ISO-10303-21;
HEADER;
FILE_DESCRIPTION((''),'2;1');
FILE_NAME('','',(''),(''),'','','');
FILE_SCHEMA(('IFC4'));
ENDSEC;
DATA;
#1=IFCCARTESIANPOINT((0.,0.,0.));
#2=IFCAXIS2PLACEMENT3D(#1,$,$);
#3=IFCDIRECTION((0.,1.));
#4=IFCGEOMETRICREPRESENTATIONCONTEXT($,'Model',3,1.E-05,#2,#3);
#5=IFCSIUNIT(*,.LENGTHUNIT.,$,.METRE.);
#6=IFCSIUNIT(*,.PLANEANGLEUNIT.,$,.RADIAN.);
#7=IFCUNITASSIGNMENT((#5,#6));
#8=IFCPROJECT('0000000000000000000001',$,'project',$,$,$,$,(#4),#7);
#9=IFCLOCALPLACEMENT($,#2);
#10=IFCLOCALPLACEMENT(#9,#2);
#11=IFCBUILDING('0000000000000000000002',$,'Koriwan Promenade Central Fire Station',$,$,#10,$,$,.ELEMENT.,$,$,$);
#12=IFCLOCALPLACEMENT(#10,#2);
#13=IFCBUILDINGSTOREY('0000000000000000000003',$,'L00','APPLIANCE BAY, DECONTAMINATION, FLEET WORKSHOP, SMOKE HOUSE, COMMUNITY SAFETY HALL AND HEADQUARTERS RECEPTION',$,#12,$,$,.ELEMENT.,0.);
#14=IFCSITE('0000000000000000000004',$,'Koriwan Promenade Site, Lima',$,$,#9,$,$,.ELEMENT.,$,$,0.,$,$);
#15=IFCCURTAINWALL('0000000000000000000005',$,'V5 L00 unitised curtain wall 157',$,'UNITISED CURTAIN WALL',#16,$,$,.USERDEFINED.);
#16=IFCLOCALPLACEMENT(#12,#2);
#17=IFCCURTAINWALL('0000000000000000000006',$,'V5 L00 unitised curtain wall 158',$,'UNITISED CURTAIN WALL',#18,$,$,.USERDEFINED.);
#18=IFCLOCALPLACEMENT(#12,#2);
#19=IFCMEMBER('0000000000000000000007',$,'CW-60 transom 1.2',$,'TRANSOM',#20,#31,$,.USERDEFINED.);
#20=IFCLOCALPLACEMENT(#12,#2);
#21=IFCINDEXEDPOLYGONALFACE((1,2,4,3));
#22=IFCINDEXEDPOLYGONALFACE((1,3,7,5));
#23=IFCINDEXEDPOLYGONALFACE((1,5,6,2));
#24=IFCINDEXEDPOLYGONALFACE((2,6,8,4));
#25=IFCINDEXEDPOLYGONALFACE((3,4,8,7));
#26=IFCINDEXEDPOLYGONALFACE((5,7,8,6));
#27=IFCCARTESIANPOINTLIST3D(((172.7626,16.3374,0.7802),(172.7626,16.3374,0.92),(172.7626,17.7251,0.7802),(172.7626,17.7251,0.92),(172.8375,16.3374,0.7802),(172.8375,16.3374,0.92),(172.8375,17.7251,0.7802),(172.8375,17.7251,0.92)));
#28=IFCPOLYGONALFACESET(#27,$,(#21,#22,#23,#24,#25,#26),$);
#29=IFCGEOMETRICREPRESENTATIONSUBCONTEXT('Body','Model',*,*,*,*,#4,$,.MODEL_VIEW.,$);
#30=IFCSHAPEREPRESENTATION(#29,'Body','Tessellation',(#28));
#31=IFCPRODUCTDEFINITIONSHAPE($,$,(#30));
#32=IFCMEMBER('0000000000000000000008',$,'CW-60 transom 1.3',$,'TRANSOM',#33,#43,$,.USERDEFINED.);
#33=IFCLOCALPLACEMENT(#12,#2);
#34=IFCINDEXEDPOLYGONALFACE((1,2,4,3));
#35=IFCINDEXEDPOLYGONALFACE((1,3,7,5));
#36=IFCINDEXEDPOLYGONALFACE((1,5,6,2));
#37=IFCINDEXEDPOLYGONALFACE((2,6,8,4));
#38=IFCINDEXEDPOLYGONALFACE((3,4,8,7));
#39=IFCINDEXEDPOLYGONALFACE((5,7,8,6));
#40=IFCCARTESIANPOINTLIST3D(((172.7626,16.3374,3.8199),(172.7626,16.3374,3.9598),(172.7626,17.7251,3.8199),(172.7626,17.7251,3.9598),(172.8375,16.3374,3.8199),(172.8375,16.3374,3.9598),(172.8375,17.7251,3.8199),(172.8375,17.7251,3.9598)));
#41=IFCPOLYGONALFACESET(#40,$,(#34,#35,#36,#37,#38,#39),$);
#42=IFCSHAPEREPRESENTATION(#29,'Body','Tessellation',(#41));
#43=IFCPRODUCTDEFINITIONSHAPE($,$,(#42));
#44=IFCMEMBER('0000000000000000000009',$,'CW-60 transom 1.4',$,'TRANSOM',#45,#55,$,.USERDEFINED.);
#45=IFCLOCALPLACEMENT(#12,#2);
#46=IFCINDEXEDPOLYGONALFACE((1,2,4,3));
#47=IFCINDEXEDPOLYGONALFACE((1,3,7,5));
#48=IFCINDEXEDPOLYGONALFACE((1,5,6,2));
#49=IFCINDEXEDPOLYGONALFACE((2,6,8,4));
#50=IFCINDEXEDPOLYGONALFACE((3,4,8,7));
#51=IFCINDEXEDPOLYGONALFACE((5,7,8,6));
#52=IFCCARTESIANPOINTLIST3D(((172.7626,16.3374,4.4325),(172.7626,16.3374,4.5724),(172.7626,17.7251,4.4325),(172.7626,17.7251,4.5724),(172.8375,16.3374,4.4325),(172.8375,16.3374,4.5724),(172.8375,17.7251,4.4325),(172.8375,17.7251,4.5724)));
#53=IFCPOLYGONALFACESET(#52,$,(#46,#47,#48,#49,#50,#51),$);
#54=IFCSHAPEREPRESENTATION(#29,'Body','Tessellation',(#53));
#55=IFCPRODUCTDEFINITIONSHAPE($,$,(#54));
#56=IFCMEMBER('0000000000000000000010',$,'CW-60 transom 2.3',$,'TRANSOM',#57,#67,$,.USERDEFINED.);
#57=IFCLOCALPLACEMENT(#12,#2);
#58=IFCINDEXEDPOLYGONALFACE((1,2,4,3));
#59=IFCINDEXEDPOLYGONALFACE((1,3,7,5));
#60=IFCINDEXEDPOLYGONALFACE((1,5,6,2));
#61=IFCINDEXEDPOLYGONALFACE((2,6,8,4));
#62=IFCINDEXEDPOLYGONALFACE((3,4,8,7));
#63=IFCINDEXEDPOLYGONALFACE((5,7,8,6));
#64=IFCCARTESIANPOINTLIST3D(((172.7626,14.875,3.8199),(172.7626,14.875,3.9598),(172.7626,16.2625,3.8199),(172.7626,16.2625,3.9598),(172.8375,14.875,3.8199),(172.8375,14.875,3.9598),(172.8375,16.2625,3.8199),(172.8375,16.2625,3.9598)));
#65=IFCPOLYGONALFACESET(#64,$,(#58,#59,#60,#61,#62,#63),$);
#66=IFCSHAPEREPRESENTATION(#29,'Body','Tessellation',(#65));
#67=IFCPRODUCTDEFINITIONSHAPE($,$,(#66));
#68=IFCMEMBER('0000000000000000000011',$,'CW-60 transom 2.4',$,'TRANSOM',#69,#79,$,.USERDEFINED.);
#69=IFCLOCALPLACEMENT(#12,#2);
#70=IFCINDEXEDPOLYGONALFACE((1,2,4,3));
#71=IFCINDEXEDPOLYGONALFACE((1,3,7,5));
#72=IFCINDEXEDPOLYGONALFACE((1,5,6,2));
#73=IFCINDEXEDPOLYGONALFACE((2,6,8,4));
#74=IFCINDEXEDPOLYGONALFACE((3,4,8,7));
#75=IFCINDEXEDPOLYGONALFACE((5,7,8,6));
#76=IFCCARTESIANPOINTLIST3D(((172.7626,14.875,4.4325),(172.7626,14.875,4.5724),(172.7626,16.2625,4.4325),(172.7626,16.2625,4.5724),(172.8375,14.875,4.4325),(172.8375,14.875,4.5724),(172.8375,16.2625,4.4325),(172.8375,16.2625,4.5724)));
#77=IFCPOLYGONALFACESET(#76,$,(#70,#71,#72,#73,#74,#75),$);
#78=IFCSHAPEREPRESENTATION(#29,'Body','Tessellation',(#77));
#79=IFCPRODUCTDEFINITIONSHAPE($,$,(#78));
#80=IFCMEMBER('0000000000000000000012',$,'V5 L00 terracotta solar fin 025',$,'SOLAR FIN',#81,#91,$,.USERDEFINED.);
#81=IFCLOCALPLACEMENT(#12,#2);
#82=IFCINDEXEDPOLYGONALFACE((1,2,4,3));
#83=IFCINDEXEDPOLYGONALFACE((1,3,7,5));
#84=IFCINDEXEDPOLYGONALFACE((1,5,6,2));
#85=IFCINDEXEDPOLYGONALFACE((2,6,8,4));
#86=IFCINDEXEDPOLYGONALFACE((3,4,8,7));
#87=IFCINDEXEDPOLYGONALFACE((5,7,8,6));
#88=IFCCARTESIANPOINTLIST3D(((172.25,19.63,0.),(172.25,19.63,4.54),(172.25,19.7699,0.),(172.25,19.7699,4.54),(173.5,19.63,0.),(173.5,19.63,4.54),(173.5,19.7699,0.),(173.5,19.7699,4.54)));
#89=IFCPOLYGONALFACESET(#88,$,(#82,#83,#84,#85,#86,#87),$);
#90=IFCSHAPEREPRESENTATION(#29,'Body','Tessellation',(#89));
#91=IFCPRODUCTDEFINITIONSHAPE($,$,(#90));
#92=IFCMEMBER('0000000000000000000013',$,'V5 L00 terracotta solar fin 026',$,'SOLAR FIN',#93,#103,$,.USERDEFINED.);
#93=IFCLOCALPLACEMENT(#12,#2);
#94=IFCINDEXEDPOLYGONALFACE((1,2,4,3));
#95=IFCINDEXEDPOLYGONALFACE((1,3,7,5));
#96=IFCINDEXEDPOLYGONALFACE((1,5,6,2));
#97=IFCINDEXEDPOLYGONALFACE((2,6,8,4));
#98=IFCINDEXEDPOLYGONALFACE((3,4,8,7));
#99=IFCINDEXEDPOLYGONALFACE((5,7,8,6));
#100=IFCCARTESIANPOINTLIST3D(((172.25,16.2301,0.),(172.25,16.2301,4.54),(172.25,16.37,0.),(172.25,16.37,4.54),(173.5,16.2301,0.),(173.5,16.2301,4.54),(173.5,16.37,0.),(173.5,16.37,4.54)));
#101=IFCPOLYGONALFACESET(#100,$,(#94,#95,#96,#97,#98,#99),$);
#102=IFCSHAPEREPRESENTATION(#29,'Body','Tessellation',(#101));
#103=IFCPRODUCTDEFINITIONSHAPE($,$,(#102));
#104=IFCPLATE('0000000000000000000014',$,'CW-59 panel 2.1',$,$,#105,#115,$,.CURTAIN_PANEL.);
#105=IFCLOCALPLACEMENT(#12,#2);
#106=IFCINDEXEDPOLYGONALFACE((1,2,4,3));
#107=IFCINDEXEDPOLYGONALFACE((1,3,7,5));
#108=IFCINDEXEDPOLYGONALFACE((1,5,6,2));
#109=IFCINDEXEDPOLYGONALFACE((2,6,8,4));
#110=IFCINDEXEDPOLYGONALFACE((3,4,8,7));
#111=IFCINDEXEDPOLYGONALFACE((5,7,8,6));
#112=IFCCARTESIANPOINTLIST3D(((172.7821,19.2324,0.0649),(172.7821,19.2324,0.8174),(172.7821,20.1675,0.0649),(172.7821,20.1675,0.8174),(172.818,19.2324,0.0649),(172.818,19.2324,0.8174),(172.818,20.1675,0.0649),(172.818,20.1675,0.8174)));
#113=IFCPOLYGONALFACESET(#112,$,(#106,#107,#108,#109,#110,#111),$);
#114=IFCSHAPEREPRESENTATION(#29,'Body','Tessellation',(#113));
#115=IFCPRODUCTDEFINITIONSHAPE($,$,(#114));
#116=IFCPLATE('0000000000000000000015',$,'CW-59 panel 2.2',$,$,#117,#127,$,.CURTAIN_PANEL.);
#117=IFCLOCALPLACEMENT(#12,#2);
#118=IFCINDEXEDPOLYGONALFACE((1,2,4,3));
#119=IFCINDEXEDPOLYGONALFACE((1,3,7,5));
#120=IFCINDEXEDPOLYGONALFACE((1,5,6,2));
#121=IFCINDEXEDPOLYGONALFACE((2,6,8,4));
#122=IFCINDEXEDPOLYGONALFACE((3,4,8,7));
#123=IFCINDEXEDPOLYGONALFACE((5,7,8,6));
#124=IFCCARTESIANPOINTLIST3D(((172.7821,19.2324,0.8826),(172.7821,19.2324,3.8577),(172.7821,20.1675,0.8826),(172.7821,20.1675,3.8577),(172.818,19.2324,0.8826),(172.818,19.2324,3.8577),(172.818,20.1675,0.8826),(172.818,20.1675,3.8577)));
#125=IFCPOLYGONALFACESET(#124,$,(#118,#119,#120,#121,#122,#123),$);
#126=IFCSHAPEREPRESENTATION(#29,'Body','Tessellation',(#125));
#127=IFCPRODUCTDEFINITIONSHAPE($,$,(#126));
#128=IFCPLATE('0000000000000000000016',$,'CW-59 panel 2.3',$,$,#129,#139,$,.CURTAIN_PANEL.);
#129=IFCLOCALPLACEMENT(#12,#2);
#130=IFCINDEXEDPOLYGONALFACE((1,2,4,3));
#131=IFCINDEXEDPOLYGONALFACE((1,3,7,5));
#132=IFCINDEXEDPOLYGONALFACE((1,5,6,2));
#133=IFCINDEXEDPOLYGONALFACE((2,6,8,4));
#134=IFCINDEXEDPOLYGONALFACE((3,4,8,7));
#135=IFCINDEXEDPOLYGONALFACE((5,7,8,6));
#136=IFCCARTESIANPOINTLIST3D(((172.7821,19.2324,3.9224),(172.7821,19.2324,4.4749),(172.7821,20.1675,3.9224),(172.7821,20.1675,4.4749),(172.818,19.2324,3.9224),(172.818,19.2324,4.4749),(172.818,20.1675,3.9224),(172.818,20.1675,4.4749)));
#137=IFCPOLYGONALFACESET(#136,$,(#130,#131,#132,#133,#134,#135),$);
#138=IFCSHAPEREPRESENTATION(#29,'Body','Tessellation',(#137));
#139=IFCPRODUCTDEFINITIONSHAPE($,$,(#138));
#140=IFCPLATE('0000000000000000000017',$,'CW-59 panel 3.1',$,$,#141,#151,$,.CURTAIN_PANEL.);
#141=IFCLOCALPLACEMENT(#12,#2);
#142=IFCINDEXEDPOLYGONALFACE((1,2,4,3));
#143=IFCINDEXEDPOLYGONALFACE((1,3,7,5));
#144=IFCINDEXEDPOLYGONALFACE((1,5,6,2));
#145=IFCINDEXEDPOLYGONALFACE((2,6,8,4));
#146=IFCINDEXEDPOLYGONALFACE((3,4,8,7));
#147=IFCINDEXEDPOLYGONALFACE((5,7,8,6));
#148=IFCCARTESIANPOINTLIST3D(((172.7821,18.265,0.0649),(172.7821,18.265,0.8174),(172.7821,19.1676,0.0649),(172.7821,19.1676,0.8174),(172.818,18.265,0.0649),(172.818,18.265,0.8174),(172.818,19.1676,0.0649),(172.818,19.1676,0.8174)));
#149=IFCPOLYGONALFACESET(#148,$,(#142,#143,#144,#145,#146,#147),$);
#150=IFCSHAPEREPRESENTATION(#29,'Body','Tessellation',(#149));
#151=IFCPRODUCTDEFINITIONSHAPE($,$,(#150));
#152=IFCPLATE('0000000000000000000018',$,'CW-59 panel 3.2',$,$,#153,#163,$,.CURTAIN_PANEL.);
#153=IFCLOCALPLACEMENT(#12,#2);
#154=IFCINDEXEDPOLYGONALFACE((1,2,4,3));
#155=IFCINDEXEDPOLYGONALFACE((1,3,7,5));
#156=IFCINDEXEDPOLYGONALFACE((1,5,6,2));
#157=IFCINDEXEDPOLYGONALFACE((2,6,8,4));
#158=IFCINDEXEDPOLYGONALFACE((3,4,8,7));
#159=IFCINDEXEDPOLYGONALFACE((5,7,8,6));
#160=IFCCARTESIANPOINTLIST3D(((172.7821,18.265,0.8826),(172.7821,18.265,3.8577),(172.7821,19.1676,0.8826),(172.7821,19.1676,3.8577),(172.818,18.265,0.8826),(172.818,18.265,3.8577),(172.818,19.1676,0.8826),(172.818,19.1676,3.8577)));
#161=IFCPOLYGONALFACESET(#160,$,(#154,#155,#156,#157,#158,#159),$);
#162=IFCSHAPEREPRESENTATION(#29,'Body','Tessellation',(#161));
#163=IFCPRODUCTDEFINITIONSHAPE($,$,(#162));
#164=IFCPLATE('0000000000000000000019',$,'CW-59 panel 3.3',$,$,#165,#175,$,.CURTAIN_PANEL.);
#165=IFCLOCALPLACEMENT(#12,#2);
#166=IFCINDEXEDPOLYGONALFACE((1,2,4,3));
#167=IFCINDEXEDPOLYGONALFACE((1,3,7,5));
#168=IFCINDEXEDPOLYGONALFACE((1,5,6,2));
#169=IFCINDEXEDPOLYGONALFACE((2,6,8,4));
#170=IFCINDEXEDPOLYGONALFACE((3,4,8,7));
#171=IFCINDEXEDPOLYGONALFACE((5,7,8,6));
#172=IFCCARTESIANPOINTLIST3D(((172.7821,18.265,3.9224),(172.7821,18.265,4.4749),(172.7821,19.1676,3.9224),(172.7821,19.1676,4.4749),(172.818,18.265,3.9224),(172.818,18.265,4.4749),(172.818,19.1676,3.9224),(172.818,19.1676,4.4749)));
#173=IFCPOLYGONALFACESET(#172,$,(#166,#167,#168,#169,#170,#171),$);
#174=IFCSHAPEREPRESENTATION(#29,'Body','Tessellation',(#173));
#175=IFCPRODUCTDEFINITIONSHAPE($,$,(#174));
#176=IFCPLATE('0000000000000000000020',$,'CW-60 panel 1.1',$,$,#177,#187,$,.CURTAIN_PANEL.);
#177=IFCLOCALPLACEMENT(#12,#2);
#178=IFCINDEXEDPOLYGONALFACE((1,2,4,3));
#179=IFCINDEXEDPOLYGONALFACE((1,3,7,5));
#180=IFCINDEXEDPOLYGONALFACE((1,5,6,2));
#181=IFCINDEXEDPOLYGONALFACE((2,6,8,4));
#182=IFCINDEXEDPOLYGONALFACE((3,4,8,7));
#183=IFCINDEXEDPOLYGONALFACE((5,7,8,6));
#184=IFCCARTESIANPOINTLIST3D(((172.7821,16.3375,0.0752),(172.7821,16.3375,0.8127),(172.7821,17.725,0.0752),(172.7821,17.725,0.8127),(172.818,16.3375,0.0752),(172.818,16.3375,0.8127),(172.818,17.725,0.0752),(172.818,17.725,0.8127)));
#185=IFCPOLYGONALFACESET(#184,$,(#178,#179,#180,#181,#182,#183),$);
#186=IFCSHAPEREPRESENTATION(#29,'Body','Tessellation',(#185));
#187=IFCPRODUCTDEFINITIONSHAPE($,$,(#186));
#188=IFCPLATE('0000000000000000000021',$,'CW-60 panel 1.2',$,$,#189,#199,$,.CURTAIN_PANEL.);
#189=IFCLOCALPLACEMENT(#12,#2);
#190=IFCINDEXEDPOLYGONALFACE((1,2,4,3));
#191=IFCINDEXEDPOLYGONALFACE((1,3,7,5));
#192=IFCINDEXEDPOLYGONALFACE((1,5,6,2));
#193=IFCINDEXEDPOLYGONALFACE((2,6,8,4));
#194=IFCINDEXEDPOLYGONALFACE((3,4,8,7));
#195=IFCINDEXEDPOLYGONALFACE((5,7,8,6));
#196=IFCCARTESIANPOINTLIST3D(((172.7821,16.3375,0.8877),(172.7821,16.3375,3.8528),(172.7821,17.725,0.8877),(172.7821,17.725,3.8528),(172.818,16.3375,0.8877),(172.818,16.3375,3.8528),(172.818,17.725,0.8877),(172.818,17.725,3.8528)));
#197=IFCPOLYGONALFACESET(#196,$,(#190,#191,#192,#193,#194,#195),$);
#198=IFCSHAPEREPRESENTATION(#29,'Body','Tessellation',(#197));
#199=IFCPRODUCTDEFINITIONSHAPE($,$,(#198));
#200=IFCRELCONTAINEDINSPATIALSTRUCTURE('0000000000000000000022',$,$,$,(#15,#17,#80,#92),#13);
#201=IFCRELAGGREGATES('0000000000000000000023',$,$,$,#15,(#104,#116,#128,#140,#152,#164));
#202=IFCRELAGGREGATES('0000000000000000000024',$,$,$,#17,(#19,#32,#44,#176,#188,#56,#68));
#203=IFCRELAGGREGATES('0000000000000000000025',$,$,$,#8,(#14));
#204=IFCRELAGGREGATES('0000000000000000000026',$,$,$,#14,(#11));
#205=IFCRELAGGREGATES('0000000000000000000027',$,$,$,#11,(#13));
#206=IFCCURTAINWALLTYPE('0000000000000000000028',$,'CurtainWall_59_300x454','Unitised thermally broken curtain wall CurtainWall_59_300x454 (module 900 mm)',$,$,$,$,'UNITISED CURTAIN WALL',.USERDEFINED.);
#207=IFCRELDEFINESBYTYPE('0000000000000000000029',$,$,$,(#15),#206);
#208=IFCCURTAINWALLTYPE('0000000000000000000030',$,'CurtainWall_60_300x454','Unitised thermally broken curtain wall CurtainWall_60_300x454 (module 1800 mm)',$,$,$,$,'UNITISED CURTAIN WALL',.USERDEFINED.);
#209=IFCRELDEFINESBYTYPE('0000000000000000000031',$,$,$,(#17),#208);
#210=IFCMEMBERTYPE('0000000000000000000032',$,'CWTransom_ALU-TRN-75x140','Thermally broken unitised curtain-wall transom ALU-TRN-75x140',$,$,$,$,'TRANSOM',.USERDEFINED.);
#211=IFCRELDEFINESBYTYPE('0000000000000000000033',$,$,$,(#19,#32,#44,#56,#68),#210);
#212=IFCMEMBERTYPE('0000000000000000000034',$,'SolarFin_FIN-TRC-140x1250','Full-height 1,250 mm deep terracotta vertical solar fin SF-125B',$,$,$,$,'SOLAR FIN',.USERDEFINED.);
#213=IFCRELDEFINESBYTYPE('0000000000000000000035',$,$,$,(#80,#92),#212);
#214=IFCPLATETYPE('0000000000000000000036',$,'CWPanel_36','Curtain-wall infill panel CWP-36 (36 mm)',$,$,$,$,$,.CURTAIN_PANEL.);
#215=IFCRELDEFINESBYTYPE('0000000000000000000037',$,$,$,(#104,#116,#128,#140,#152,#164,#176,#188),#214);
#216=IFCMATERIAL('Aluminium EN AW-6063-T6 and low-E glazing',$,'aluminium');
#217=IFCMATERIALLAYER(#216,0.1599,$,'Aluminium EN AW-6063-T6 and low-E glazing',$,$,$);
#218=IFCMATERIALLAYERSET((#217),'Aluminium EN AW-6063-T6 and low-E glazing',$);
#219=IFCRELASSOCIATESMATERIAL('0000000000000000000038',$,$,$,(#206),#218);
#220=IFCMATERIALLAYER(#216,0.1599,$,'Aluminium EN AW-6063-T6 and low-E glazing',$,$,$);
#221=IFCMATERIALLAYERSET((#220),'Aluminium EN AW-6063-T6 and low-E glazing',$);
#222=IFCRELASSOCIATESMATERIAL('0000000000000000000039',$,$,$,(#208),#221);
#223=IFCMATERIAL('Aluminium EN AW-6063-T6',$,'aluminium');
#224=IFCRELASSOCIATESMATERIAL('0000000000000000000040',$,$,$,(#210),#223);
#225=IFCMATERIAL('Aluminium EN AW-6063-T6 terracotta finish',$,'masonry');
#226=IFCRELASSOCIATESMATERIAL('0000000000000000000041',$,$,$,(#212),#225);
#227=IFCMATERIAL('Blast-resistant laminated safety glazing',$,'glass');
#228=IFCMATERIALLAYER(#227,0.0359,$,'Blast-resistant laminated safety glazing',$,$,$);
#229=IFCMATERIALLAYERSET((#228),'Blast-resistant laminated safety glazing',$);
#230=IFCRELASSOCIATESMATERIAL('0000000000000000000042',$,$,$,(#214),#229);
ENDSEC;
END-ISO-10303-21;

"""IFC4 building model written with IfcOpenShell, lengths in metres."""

from ifc_helpers import new_model, si_unit, direction, frame, origin, origin_2d, place, context, subcontext, project, spatial, rectangle, extrude, material, layer, layer_set, material_profile, profile_set, type_object, element, aggregate, save


model = new_model("IFC4")

# Units and contexts
model_context = context("Model", 3, precision=1e-05, world=origin(), true_north=direction((0.0, 1.0)))
body_context = subcontext(model_context, "Body", "Model", "MODEL_VIEW")
ifc_project = project(units=[si_unit("LENGTHUNIT", "METRE"), si_unit("PLANEANGLEUNIT", "RADIAN")], contexts=[model_context])

# Site, building, storey
site_placement = place(None, origin())
site = spatial("IfcSite", under=ifc_project, at=site_placement, Name="Koriwan Promenade Site, Lima", CompositionType="ELEMENT", RefElevation=0.0)
building_placement = place(site_placement, origin())
building = spatial("IfcBuilding", under=site, at=building_placement, Name="Koriwan Promenade Central Fire Station", CompositionType="ELEMENT")
storey_placement = place(building_placement, origin())
storey = spatial("IfcBuildingStorey", under=building, at=storey_placement, Name="L00", Description="APPLIANCE BAY, DECONTAMINATION, FLEET WORKSHOP, SMOKE HOUSE, COMMUNITY SAFETY HALL AND HEADQUARTERS RECEPTION", CompositionType="ELEMENT", Elevation=0.0)

# Curtain walls
ifc_material_1 = material(Name="Aluminium EN AW-6063-T6 and low-E glazing", Category="aluminium")
ifc_layer_1 = layer(ifc_material_1, 0.1599, Name="Aluminium EN AW-6063-T6 and low-E glazing")
ifc_layer_set_1 = layer_set([ifc_layer_1], Name="Aluminium EN AW-6063-T6 and low-E glazing")
curtain_wall_type_1 = type_object("IfcCurtainWallType", Name="CurtainWall_59_300x454", Description="Unitised thermally broken curtain wall CurtainWall_59_300x454 (module 900 mm)", ElementType="UNITISED CURTAIN WALL", PredefinedType="USERDEFINED", material=ifc_layer_set_1)
curtain_wall_1_placement = place(storey_placement, origin())
curtain_wall_1 = element("IfcCurtainWall", 1, at=curtain_wall_1_placement, inside=storey, type_object=curtain_wall_type_1, Name="V5 L00 unitised curtain wall 157", ObjectType="UNITISED CURTAIN WALL", PredefinedType="USERDEFINED")
ifc_material_2 = material(Name="Aluminium EN AW-6063-T6", Category="aluminium")
ifc_layer_2 = layer(ifc_material_1, 0.1599, Name="Aluminium EN AW-6063-T6 and low-E glazing")
ifc_layer_set_2 = layer_set([ifc_layer_2], Name="Aluminium EN AW-6063-T6 and low-E glazing")
curtain_wall_type_2 = type_object("IfcCurtainWallType", Name="CurtainWall_60_300x454", Description="Unitised thermally broken curtain wall CurtainWall_60_300x454 (module 1800 mm)", ElementType="UNITISED CURTAIN WALL", PredefinedType="USERDEFINED", material=ifc_layer_set_2)
curtain_wall_2_placement = place(storey_placement, origin())
curtain_wall_2 = element("IfcCurtainWall", 2, at=curtain_wall_2_placement, inside=storey, type_object=curtain_wall_type_2, Name="V5 L00 unitised curtain wall 158", ObjectType="UNITISED CURTAIN WALL", PredefinedType="USERDEFINED")

# Members
ifc_material_profile_1 = material_profile(ifc_material_2, rectangle(XDim=0.075, YDim=0.1399, at=origin_2d()), Name="ALU-TRN-75x140")
ifc_profile_set_1 = profile_set([ifc_material_profile_1], Name="Aluminium EN AW-6063-T6")
member_type_1 = type_object("IfcMemberType", Name="CWTransom_ALU-TRN-75x140", Description="Thermally broken unitised curtain-wall transom ALU-TRN-75x140", ElementType="TRANSOM", PredefinedType="USERDEFINED", material=ifc_profile_set_1)
member_1_placement = place(storey_placement, frame((172.8, 17.7251, 0.8501), z_axis=(0.0, -1.0, 0.0), x_axis=(1.0, 0.0, 0.0)))
member_1 = element("IfcMember", 3, at=member_1_placement, type_object=member_type_1, Name="CW-60 transom 1.2", ObjectType="TRANSOM", PredefinedType="USERDEFINED", context=body_context, shape_type="SweptSolid", body=[
    extrude(rectangle(XDim=0.075, YDim=0.1399, at=origin_2d()), origin(), (0.0, 0.0, 1.0), 1.3877),
])
member_2_placement = place(storey_placement, frame((172.8, 17.7251, 3.8899), z_axis=(0.0, -1.0, 0.0), x_axis=(1.0, 0.0, 0.0)))
member_2 = element("IfcMember", 4, at=member_2_placement, type_object=member_type_1, Name="CW-60 transom 1.3", ObjectType="TRANSOM", PredefinedType="USERDEFINED", context=body_context, shape_type="SweptSolid", body=[
    extrude(rectangle(XDim=0.075, YDim=0.1399, at=origin_2d()), origin(), (0.0, 0.0, 1.0), 1.3877),
])
member_3_placement = place(storey_placement, frame((172.8, 17.7251, 4.5024), z_axis=(0.0, -1.0, 0.0), x_axis=(1.0, 0.0, 0.0)))
member_3 = element("IfcMember", 5, at=member_3_placement, type_object=member_type_1, Name="CW-60 transom 1.4", ObjectType="TRANSOM", PredefinedType="USERDEFINED", context=body_context, shape_type="SweptSolid", body=[
    extrude(rectangle(XDim=0.075, YDim=0.1399, at=origin_2d()), origin(), (0.0, 0.0, 1.0), 1.3877),
])
member_4_placement = place(storey_placement, frame((172.8, 16.2625, 3.8899), z_axis=(0.0, -1.0, 0.0), x_axis=(1.0, 0.0, 0.0)))
member_4 = element("IfcMember", 6, at=member_4_placement, type_object=member_type_1, Name="CW-60 transom 2.3", ObjectType="TRANSOM", PredefinedType="USERDEFINED", context=body_context, shape_type="SweptSolid", body=[
    extrude(rectangle(XDim=0.075, YDim=0.1399, at=origin_2d()), origin(), (0.0, 0.0, 1.0), 1.3875),
])
member_5_placement = place(storey_placement, frame((172.8, 16.2625, 4.5024), z_axis=(0.0, -1.0, 0.0), x_axis=(1.0, 0.0, 0.0)))
member_5 = element("IfcMember", 7, at=member_5_placement, type_object=member_type_1, Name="CW-60 transom 2.4", ObjectType="TRANSOM", PredefinedType="USERDEFINED", context=body_context, shape_type="SweptSolid", body=[
    extrude(rectangle(XDim=0.075, YDim=0.1399, at=origin_2d()), origin(), (0.0, 0.0, 1.0), 1.3875),
])

# Members
ifc_material_3 = material(Name="Aluminium EN AW-6063-T6 terracotta finish", Category="masonry")
ifc_material_profile_2 = material_profile(ifc_material_3, rectangle(XDim=0.1399, YDim=1.25, at=origin_2d()), Name="FIN-TRC-140x1250")
ifc_profile_set_2 = profile_set([ifc_material_profile_2], Name="Aluminium EN AW-6063-T6 terracotta finish")
member_type_2 = type_object("IfcMemberType", Name="SolarFin_FIN-TRC-140x1250", Description="Full-height 1,250 mm deep terracotta vertical solar fin SF-125B", ElementType="SOLAR FIN", PredefinedType="USERDEFINED", material=ifc_profile_set_2)
for number, where, z_axis, x_axis, name in (
    (8, (172.875, 19.7, 0.0), (0.0, 0.0, 1.0), (0.0, -1.0, 0.0), "V5 L00 terracotta solar fin 025"),
    (9, (172.875, 16.3, 0.0), (0.0, 0.0, 1.0), (0.0, -1.0, 0.0), "V5 L00 terracotta solar fin 026"),
):
    element("IfcMember", number, at=place(storey_placement, frame(where, z_axis=z_axis, x_axis=x_axis)), inside=storey, type_object=member_type_2, Name=name, ObjectType="SOLAR FIN", PredefinedType="USERDEFINED", context=body_context, shape_type="SweptSolid", body=[
        extrude(rectangle(XDim=0.1399, YDim=1.25, at=origin_2d()), origin(), (0.0, 0.0, 1.0), 4.54),
    ])

# Plates
ifc_material_4 = material(Name="Blast-resistant laminated safety glazing", Category="glass")
ifc_layer_3 = layer(ifc_material_4, 0.0359, Name="Blast-resistant laminated safety glazing")
ifc_layer_set_3 = layer_set([ifc_layer_3], Name="Blast-resistant laminated safety glazing")
plate_type = type_object("IfcPlateType", Name="CWPanel_36", Description="Curtain-wall infill panel CWP-36 (36 mm)", PredefinedType="CURTAIN_PANEL", material=ifc_layer_set_3)
plate_1_placement = place(storey_placement, frame((172.8, 19.7, 0.0649), z_axis=(0.0, 0.0, 1.0), x_axis=(0.0, -1.0, 0.0)))
plate_1 = element("IfcPlate", 10, at=plate_1_placement, type_object=plate_type, Name="CW-59 panel 2.1", PredefinedType="CURTAIN_PANEL", context=body_context, shape_type="SweptSolid", body=[
    extrude(rectangle(XDim=0.9351, YDim=0.0359, at=origin_2d()), origin(), (0.0, 0.0, 1.0), 0.7524),
])
plate_2_placement = place(storey_placement, frame((172.8, 19.7, 0.8826), z_axis=(0.0, 0.0, 1.0), x_axis=(0.0, -1.0, 0.0)))
plate_2 = element("IfcPlate", 11, at=plate_2_placement, type_object=plate_type, Name="CW-59 panel 2.2", PredefinedType="CURTAIN_PANEL", context=body_context, shape_type="SweptSolid", body=[
    extrude(rectangle(XDim=0.9351, YDim=0.0359, at=origin_2d()), origin(), (0.0, 0.0, 1.0), 2.9751),
])
plate_3_placement = place(storey_placement, frame((172.8, 19.7, 3.9224), z_axis=(0.0, 0.0, 1.0), x_axis=(0.0, -1.0, 0.0)))
plate_3 = element("IfcPlate", 12, at=plate_3_placement, type_object=plate_type, Name="CW-59 panel 2.3", PredefinedType="CURTAIN_PANEL", context=body_context, shape_type="SweptSolid", body=[
    extrude(rectangle(XDim=0.9351, YDim=0.0359, at=origin_2d()), origin(), (0.0, 0.0, 1.0), 0.5525),
])
plate_4_placement = place(storey_placement, frame((172.8, 18.7163, 0.0649), z_axis=(0.0, 0.0, 1.0), x_axis=(0.0, -1.0, 0.0)))
plate_4 = element("IfcPlate", 13, at=plate_4_placement, type_object=plate_type, Name="CW-59 panel 3.1", PredefinedType="CURTAIN_PANEL", context=body_context, shape_type="SweptSolid", body=[
    extrude(rectangle(XDim=0.9026, YDim=0.0359, at=origin_2d()), origin(), (0.0, 0.0, 1.0), 0.7524),
])
plate_5_placement = place(storey_placement, frame((172.8, 18.7163, 0.8826), z_axis=(0.0, 0.0, 1.0), x_axis=(0.0, -1.0, 0.0)))
plate_5 = element("IfcPlate", 14, at=plate_5_placement, type_object=plate_type, Name="CW-59 panel 3.2", PredefinedType="CURTAIN_PANEL", context=body_context, shape_type="SweptSolid", body=[
    extrude(rectangle(XDim=0.9026, YDim=0.0359, at=origin_2d()), origin(), (0.0, 0.0, 1.0), 2.9751),
])
plate_6_placement = place(storey_placement, frame((172.8, 18.7163, 3.9224), z_axis=(0.0, 0.0, 1.0), x_axis=(0.0, -1.0, 0.0)))
plate_6 = element("IfcPlate", 15, at=plate_6_placement, type_object=plate_type, Name="CW-59 panel 3.3", PredefinedType="CURTAIN_PANEL", context=body_context, shape_type="SweptSolid", body=[
    extrude(rectangle(XDim=0.9026, YDim=0.0359, at=origin_2d()), origin(), (0.0, 0.0, 1.0), 0.5525),
])
aggregate(curtain_wall_1, [plate_1, plate_2, plate_3, plate_4, plate_5, plate_6])
plate_7_placement = place(storey_placement, frame((172.8, 17.0312, 0.0752), z_axis=(0.0, 0.0, 1.0), x_axis=(0.0, -1.0, 0.0)))
plate_7 = element("IfcPlate", 16, at=plate_7_placement, type_object=plate_type, Name="CW-60 panel 1.1", PredefinedType="CURTAIN_PANEL", context=body_context, shape_type="SweptSolid", body=[
    extrude(rectangle(XDim=1.3875, YDim=0.0359, at=origin_2d()), origin(), (0.0, 0.0, 1.0), 0.7375),
])
plate_8_placement = place(storey_placement, frame((172.8, 17.0312, 0.8877), z_axis=(0.0, 0.0, 1.0), x_axis=(0.0, -1.0, 0.0)))
plate_8 = element("IfcPlate", 17, at=plate_8_placement, type_object=plate_type, Name="CW-60 panel 1.2", PredefinedType="CURTAIN_PANEL", context=body_context, shape_type="SweptSolid", body=[
    extrude(rectangle(XDim=1.3875, YDim=0.0359, at=origin_2d()), origin(), (0.0, 0.0, 1.0), 2.9651),
])
aggregate(curtain_wall_2, [member_1, member_2, member_3, plate_7, plate_8, member_4, member_5])

save(model, "model.ifc")
